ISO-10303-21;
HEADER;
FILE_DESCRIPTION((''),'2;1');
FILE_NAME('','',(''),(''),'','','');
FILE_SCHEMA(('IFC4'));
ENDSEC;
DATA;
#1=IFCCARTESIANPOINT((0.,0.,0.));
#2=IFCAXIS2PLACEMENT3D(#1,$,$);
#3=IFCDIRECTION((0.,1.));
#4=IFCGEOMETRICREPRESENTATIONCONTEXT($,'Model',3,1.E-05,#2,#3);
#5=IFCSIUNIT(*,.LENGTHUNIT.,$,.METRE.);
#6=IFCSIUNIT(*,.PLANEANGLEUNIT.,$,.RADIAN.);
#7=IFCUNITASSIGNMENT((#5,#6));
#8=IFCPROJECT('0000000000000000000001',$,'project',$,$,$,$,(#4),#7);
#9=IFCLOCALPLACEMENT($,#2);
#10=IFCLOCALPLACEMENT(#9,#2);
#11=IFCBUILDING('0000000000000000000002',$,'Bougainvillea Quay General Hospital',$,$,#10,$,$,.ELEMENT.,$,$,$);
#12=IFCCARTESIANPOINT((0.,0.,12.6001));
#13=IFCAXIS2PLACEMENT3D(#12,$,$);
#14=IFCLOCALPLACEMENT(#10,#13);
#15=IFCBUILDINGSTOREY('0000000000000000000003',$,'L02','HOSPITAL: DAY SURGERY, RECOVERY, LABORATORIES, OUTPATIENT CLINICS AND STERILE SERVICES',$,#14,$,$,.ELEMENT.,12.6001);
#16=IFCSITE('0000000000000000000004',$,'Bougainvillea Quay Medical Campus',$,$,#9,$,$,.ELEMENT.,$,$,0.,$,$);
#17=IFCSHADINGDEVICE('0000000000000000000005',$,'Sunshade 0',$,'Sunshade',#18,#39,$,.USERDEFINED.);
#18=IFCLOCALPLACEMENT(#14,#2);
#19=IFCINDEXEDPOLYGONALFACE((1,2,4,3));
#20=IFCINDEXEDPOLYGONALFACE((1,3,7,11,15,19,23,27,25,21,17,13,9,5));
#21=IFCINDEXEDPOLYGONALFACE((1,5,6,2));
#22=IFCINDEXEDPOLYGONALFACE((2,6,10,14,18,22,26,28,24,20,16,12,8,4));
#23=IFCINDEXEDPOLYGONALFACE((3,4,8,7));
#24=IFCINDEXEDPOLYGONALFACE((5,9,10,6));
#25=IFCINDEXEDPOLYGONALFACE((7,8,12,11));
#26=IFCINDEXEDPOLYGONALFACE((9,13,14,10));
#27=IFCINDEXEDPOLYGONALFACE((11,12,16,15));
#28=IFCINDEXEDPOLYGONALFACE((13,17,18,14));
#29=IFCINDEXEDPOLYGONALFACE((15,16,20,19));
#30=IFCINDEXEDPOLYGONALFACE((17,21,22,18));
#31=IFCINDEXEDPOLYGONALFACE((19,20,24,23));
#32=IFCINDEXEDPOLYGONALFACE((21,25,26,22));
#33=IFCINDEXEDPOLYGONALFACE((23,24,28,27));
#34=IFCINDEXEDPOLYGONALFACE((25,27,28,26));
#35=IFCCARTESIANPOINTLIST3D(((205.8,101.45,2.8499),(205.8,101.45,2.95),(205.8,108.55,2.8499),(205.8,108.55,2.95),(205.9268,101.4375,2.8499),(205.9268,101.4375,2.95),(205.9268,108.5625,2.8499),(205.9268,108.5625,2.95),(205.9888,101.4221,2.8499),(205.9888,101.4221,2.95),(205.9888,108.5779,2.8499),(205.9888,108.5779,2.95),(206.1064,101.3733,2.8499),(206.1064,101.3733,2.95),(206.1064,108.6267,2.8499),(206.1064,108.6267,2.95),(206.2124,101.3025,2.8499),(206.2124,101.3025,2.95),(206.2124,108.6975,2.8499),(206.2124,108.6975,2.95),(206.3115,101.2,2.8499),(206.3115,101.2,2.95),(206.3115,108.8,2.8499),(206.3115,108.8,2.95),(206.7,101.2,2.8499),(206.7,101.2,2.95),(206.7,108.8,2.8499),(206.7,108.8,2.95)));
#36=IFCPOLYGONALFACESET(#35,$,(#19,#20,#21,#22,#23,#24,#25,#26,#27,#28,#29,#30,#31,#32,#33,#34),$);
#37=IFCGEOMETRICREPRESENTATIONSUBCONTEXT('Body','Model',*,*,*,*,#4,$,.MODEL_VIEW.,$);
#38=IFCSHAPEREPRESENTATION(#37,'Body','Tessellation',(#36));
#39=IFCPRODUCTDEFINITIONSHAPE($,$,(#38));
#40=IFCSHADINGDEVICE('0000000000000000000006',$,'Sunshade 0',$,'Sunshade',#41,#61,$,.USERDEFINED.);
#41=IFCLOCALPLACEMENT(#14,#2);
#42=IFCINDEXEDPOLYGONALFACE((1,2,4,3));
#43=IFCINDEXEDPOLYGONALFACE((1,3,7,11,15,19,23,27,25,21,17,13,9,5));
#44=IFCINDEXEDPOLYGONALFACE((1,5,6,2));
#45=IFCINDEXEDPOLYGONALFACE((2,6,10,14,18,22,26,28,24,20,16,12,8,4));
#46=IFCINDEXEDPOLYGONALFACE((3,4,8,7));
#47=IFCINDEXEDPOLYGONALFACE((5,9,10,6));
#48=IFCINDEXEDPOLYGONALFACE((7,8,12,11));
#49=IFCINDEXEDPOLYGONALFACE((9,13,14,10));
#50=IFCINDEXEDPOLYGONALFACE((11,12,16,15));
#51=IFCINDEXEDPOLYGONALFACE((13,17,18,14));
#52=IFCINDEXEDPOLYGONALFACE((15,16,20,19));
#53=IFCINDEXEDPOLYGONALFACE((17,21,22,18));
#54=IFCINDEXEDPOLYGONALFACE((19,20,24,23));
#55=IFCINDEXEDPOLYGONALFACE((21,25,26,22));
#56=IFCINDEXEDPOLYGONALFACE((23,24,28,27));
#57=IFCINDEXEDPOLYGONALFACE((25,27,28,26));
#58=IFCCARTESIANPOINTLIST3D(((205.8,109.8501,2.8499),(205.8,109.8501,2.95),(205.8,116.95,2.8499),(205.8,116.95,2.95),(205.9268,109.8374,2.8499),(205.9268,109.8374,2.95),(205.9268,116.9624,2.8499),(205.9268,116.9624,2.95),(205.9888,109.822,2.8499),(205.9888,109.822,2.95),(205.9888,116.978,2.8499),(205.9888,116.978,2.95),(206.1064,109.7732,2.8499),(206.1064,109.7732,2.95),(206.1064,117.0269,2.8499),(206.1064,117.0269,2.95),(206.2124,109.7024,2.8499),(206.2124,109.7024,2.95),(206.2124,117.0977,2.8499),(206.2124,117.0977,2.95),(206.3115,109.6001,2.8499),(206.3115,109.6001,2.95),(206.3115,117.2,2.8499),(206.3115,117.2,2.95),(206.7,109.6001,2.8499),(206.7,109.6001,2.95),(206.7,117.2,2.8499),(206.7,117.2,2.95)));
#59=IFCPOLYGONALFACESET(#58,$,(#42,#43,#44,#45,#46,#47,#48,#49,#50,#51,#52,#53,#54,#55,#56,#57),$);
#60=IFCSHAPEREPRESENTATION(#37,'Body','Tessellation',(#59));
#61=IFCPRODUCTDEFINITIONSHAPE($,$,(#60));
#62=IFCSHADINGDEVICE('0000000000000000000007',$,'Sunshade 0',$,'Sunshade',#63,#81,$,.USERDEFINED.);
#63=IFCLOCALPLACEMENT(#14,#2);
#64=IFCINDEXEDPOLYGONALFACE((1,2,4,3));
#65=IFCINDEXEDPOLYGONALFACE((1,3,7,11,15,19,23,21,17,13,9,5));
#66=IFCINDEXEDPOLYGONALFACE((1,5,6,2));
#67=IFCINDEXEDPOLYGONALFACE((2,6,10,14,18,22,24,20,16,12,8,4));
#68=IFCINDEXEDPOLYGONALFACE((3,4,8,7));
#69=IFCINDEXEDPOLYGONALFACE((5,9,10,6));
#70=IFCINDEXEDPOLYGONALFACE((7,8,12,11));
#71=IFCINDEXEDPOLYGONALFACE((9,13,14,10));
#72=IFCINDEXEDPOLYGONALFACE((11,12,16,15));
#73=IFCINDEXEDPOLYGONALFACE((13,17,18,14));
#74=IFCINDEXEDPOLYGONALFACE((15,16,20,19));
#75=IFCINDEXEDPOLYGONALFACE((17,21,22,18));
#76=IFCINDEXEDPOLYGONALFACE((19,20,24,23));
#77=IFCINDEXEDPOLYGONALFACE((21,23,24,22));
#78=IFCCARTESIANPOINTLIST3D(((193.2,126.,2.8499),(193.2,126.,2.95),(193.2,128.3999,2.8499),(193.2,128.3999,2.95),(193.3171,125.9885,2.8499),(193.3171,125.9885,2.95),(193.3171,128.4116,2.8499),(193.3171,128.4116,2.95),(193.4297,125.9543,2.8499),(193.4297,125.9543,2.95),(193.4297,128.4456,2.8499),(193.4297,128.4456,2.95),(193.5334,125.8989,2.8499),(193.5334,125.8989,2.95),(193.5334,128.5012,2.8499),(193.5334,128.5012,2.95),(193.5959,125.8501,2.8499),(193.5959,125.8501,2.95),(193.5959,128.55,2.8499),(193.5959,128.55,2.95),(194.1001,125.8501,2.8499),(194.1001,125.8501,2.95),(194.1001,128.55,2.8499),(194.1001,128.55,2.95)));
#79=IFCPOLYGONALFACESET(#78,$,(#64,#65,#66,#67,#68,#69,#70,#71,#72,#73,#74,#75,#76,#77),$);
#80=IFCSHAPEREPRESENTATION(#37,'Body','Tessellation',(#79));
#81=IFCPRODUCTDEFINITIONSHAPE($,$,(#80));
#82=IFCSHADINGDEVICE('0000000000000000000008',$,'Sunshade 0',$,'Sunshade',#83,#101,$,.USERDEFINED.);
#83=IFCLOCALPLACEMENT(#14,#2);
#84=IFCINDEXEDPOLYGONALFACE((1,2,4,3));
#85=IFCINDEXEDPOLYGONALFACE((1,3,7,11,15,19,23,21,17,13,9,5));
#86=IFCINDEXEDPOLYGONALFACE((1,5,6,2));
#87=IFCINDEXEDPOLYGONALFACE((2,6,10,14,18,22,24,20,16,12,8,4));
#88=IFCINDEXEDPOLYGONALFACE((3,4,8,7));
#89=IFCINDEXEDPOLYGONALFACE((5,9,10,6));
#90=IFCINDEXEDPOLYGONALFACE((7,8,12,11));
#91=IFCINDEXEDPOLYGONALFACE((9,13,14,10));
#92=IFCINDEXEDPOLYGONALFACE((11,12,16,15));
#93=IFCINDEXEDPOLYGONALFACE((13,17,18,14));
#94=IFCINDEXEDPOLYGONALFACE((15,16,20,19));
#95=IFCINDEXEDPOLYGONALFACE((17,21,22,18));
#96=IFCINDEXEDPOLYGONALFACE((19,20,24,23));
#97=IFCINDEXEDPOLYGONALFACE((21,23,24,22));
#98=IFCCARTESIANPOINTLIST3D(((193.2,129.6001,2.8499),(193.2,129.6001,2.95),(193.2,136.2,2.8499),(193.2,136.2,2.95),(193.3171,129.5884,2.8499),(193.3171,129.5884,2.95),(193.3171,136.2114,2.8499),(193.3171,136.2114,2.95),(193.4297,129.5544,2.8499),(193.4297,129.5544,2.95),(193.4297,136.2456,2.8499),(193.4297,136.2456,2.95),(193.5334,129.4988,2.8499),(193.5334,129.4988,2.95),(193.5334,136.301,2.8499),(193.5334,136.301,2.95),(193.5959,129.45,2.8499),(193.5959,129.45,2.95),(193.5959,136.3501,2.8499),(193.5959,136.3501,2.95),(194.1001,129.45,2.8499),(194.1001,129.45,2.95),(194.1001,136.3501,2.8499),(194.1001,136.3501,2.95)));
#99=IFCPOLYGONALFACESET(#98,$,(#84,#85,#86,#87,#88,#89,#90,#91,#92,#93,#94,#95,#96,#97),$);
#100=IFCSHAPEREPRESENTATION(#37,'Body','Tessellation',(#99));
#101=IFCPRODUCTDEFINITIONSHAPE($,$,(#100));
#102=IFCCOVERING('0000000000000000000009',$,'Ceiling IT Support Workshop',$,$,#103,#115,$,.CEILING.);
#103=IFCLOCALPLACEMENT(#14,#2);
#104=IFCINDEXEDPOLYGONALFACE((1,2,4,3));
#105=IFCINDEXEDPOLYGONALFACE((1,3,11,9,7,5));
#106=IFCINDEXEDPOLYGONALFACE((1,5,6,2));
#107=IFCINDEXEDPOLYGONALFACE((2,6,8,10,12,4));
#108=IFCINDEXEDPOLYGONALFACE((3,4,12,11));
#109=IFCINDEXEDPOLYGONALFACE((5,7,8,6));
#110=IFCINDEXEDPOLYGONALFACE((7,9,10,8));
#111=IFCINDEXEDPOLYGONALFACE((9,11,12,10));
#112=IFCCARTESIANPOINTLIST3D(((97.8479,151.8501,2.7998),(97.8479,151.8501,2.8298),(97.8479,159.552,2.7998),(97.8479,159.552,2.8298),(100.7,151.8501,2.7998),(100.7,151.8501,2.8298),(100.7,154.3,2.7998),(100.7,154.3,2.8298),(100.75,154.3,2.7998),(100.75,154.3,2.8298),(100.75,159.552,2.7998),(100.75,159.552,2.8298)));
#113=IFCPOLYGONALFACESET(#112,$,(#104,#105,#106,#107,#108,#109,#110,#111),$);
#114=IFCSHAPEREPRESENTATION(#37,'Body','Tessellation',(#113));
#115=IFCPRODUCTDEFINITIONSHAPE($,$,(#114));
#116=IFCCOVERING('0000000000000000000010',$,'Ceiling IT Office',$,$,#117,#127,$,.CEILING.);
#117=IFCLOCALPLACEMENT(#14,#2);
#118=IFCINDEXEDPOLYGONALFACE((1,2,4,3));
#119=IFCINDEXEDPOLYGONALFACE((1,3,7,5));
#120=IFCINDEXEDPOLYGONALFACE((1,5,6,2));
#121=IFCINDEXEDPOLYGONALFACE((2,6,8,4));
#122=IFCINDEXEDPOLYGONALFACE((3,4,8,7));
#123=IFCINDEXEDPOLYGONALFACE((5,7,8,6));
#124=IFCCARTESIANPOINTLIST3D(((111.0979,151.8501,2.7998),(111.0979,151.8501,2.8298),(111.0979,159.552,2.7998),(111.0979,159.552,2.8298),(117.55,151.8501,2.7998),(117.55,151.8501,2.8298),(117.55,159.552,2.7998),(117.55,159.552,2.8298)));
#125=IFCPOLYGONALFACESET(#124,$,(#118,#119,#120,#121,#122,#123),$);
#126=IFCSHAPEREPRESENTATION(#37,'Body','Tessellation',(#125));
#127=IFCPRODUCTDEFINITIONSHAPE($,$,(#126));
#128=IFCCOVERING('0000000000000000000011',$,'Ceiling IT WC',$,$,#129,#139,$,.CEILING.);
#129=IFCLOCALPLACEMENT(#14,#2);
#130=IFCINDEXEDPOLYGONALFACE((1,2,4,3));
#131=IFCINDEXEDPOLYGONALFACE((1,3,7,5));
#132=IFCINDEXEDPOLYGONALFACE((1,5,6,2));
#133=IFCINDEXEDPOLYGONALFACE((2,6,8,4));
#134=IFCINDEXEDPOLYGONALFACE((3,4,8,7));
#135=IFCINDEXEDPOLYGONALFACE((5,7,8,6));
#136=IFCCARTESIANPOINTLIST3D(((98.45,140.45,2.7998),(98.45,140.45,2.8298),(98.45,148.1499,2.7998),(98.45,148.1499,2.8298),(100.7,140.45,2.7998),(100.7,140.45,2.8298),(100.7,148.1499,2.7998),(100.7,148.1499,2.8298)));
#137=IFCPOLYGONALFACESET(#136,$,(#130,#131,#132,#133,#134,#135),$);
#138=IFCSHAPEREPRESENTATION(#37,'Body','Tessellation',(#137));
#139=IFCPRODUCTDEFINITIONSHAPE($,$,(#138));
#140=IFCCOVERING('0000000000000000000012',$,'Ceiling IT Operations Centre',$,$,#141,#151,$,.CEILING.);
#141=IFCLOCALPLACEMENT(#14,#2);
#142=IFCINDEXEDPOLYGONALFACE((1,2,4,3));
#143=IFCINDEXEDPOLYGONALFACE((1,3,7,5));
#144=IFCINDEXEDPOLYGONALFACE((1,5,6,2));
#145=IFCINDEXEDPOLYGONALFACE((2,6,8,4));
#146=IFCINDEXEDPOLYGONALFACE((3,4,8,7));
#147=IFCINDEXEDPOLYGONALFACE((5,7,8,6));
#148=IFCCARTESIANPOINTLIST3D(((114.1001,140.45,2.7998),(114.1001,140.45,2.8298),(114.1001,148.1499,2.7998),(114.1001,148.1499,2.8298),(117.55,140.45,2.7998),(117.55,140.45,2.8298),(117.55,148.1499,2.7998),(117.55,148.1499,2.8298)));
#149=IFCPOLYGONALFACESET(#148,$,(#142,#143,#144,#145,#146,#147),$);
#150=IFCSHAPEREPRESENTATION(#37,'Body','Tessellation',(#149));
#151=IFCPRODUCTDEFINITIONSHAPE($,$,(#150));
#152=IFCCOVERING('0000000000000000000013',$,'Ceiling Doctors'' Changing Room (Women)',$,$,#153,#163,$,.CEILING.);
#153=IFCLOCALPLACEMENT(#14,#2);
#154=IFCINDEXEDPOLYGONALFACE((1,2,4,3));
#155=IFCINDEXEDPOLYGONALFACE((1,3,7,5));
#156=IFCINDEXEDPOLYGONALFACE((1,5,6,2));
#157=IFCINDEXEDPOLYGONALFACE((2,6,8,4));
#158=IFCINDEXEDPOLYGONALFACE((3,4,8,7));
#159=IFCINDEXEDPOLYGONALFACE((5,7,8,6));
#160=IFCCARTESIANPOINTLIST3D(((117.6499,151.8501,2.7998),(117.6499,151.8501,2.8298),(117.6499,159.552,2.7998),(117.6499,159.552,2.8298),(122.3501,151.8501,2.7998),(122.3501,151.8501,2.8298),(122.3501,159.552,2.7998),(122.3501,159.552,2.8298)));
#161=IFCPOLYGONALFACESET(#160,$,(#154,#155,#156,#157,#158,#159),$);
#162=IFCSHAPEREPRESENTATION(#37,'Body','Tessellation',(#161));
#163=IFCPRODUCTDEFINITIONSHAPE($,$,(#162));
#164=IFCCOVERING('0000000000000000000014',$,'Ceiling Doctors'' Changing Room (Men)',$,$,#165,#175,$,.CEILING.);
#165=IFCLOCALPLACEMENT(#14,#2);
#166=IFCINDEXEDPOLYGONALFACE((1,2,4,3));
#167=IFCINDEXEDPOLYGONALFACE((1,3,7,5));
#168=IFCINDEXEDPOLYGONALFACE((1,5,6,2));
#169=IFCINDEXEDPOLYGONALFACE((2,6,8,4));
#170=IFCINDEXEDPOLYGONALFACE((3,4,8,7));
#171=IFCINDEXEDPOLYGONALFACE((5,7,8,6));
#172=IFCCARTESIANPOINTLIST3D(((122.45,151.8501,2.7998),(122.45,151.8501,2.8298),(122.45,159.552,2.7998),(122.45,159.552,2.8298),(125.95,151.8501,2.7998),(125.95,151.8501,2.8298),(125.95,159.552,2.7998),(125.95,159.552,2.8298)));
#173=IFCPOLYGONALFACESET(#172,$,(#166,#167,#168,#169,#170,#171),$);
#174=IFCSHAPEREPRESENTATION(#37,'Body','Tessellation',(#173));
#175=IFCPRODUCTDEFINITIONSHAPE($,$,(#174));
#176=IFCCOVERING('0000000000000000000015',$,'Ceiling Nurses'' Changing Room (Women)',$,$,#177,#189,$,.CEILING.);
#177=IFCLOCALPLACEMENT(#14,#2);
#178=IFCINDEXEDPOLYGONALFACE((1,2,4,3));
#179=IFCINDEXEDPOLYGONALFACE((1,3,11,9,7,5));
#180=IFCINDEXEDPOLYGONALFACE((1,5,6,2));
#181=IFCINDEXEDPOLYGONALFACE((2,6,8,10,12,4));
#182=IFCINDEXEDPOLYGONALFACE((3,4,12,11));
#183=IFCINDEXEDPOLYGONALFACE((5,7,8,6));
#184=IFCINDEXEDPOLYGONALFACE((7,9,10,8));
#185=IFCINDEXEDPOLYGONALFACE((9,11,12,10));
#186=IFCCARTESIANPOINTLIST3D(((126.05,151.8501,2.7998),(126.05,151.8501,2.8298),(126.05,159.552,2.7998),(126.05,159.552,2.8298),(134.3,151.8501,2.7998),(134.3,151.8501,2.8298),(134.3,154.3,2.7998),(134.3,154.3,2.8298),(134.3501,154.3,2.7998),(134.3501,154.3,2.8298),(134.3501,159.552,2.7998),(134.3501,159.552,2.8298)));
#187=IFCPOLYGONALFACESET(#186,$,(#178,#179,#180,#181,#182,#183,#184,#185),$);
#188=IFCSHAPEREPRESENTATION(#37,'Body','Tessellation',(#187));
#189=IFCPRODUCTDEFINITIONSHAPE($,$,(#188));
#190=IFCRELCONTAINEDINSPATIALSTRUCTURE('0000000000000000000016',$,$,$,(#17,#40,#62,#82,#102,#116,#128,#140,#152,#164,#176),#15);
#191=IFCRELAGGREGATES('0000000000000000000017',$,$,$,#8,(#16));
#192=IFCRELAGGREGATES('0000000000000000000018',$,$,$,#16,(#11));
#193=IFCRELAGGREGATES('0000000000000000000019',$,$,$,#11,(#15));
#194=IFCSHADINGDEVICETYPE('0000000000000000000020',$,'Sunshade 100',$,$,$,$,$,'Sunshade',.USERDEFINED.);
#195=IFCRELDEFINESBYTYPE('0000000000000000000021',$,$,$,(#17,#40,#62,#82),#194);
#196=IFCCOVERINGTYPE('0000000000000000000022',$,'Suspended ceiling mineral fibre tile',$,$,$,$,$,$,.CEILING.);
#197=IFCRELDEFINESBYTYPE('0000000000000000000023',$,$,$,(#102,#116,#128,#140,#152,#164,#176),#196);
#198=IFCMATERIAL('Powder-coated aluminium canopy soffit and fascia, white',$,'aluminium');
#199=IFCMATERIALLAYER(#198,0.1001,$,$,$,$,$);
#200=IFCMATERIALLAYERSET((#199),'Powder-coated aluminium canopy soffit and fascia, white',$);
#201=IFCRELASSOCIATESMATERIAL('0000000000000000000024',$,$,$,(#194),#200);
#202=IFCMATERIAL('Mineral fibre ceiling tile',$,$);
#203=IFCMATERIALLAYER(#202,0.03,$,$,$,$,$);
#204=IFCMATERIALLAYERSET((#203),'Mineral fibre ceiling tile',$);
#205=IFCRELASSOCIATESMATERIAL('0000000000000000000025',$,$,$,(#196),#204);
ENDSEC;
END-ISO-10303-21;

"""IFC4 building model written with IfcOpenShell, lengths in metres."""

from ifc_helpers import new_model, si_unit, direction, frame, origin, place, context, subcontext, project, spatial, polyline, outline, extrude, material, layer, layer_set, type_object, element, save


model = new_model("IFC4")

# Units and contexts
model_context = context("Model", 3, precision=1e-05, world=origin(), true_north=direction((0.0, 1.0)))
body_context = subcontext(model_context, "Body", "Model", "MODEL_VIEW")
ifc_project = project(units=[si_unit("LENGTHUNIT", "METRE"), si_unit("PLANEANGLEUNIT", "RADIAN")], contexts=[model_context])

# Site, building, storey
site_placement = place(None, origin())
site = spatial("IfcSite", under=ifc_project, at=site_placement, Name="Bougainvillea Quay Medical Campus", CompositionType="ELEMENT", RefElevation=0.0)
building_placement = place(site_placement, origin())
building = spatial("IfcBuilding", under=site, at=building_placement, Name="Bougainvillea Quay General Hospital", CompositionType="ELEMENT")
storey_placement = place(building_placement, frame((0.0, 0.0, 12.6001)))
storey = spatial("IfcBuildingStorey", under=building, at=storey_placement, Name="L02", Description="HOSPITAL: DAY SURGERY, RECOVERY, LABORATORIES, OUTPATIENT CLINICS AND STERILE SERVICES", CompositionType="ELEMENT", Elevation=12.6001)

# Shading devices
ifc_material_1 = material(Name="Powder-coated aluminium canopy soffit and fascia, white", Category="aluminium")
ifc_layer_1 = layer(ifc_material_1, 0.1001)
ifc_layer_set_1 = layer_set([ifc_layer_1], Name="Powder-coated aluminium canopy soffit and fascia, white")
shading_device_type = type_object("IfcShadingDeviceType", Name="Sunshade 100", ElementType="Sunshade", PredefinedType="USERDEFINED", material=ifc_layer_set_1)
shading_device_1_placement = place(storey_placement, frame((0.0, 0.0, 2.8499)))
element("IfcShadingDevice", 1, at=shading_device_1_placement, inside=storey, type_object=shading_device_type, Name="Sunshade 0", ObjectType="Sunshade", PredefinedType="USERDEFINED", context=body_context, shape_type="SweptSolid", body=[
    extrude(outline(polyline([(205.8, 108.55), (205.8, 101.45), (205.9268, 101.4375), (205.9888, 101.4221), (206.1064, 101.3733), (206.2124, 101.3025), (206.3115, 101.2), (206.7, 101.2), (206.7, 108.8), (206.3115, 108.8), (206.2124, 108.6975), (206.1064, 108.6267), (205.9888, 108.5779), (205.9268, 108.5625), (205.8, 108.55)])), origin(), (0.0, 0.0, 1.0), 0.1001),
])
shading_device_2_placement = place(storey_placement, frame((0.0, 0.0, 2.8499)))
element("IfcShadingDevice", 2, at=shading_device_2_placement, inside=storey, type_object=shading_device_type, Name="Sunshade 0", ObjectType="Sunshade", PredefinedType="USERDEFINED", context=body_context, shape_type="SweptSolid", body=[
    extrude(outline(polyline([(205.8, 116.95), (205.8, 109.8501), (205.9268, 109.8374), (205.9888, 109.822), (206.1064, 109.7732), (206.2124, 109.7024), (206.3115, 109.6001), (206.7, 109.6001), (206.7, 117.2), (206.3115, 117.2), (206.2124, 117.0977), (206.1064, 117.0269), (205.9888, 116.978), (205.9268, 116.9624), (205.8, 116.95)])), origin(), (0.0, 0.0, 1.0), 0.1001),
])
shading_device_3_placement = place(storey_placement, frame((0.0, 0.0, 2.8499)))
element("IfcShadingDevice", 3, at=shading_device_3_placement, inside=storey, type_object=shading_device_type, Name="Sunshade 0", ObjectType="Sunshade", PredefinedType="USERDEFINED", context=body_context, shape_type="SweptSolid", body=[
    extrude(outline(polyline([(193.2, 128.3999), (193.2, 126.0), (193.3171, 125.9885), (193.4297, 125.9543), (193.5334, 125.8989), (193.5959, 125.8501), (194.1001, 125.8501), (194.1001, 128.55), (193.5959, 128.55), (193.5334, 128.5012), (193.4297, 128.4456), (193.3171, 128.4116), (193.2, 128.3999)])), origin(), (0.0, 0.0, 1.0), 0.1001),
])
shading_device_4_placement = place(storey_placement, frame((0.0, 0.0, 2.8499)))
element("IfcShadingDevice", 4, at=shading_device_4_placement, inside=storey, type_object=shading_device_type, Name="Sunshade 0", ObjectType="Sunshade", PredefinedType="USERDEFINED", context=body_context, shape_type="SweptSolid", body=[
    extrude(outline(polyline([(193.2, 136.2), (193.2, 129.6001), (193.3171, 129.5884), (193.4297, 129.5544), (193.5334, 129.4988), (193.5959, 129.45), (194.1001, 129.45), (194.1001, 136.3501), (193.5959, 136.3501), (193.5334, 136.301), (193.4297, 136.2456), (193.3171, 136.2114), (193.2, 136.2)])), origin(), (0.0, 0.0, 1.0), 0.1001),
])

# Coverings
ifc_material_2 = material(Name="Mineral fibre ceiling tile")
ifc_layer_2 = layer(ifc_material_2, 0.03)
ifc_layer_set_2 = layer_set([ifc_layer_2], Name="Mineral fibre ceiling tile")
covering_type = type_object("IfcCoveringType", Name="Suspended ceiling mineral fibre tile", PredefinedType="CEILING", material=ifc_layer_set_2)
covering_1_placement = place(storey_placement, frame((0.0, 0.0, 2.7998)))
element("IfcCovering", 5, at=covering_1_placement, inside=storey, type_object=covering_type, Name="Ceiling IT Support Workshop", PredefinedType="CEILING", context=body_context, shape_type="SweptSolid", body=[
    extrude(outline(polyline([(100.75, 154.3), (100.75, 159.552), (97.8479, 159.552), (97.8479, 151.8501), (100.7, 151.8501), (100.7, 154.3), (100.75, 154.3)])), origin(), (0.0, 0.0, 1.0), 0.03),
])
covering_2_placement = place(storey_placement, frame((0.0, 0.0, 2.7998)))
element("IfcCovering", 6, at=covering_2_placement, inside=storey, type_object=covering_type, Name="Ceiling IT Office", PredefinedType="CEILING", context=body_context, shape_type="SweptSolid", body=[
    extrude(outline(polyline([(117.55, 151.8501), (117.55, 159.552), (111.0979, 159.552), (111.0979, 151.8501), (117.55, 151.8501)])), origin(), (0.0, 0.0, 1.0), 0.03),
])
covering_3_placement = place(storey_placement, frame((0.0, 0.0, 2.7998)))
element("IfcCovering", 7, at=covering_3_placement, inside=storey, type_object=covering_type, Name="Ceiling IT WC", PredefinedType="CEILING", context=body_context, shape_type="SweptSolid", body=[
    extrude(outline(polyline([(98.45, 148.1499), (98.45, 140.45), (100.7, 140.45), (100.7, 148.1499), (98.45, 148.1499)])), origin(), (0.0, 0.0, 1.0), 0.03),
])
covering_4_placement = place(storey_placement, frame((0.0, 0.0, 2.7998)))
element("IfcCovering", 8, at=covering_4_placement, inside=storey, type_object=covering_type, Name="Ceiling IT Operations Centre", PredefinedType="CEILING", context=body_context, shape_type="SweptSolid", body=[
    extrude(outline(polyline([(117.55, 148.1499), (114.1001, 148.1499), (114.1001, 140.45), (117.55, 140.45), (117.55, 148.1499)])), origin(), (0.0, 0.0, 1.0), 0.03),
])
covering_5_placement = place(storey_placement, frame((0.0, 0.0, 2.7998)))
element("IfcCovering", 9, at=covering_5_placement, inside=storey, type_object=covering_type, Name="Ceiling Doctors' Changing Room (Women)", PredefinedType="CEILING", context=body_context, shape_type="SweptSolid", body=[
    extrude(outline(polyline([(117.6499, 159.552), (117.6499, 151.8501), (122.3501, 151.8501), (122.3501, 159.552), (117.6499, 159.552)])), origin(), (0.0, 0.0, 1.0), 0.03),
])
covering_6_placement = place(storey_placement, frame((0.0, 0.0, 2.7998)))
element("IfcCovering", 10, at=covering_6_placement, inside=storey, type_object=covering_type, Name="Ceiling Doctors' Changing Room (Men)", PredefinedType="CEILING", context=body_context, shape_type="SweptSolid", body=[
    extrude(outline(polyline([(125.95, 151.8501), (125.95, 159.552), (122.45, 159.552), (122.45, 151.8501), (125.95, 151.8501)])), origin(), (0.0, 0.0, 1.0), 0.03),
])
covering_7_placement = place(storey_placement, frame((0.0, 0.0, 2.7998)))
element("IfcCovering", 11, at=covering_7_placement, inside=storey, type_object=covering_type, Name="Ceiling Nurses' Changing Room (Women)", PredefinedType="CEILING", context=body_context, shape_type="SweptSolid", body=[
    extrude(outline(polyline([(126.05, 159.552), (126.05, 151.8501), (134.3, 151.8501), (134.3, 154.3), (134.3501, 154.3), (134.3501, 159.552), (126.05, 159.552)])), origin(), (0.0, 0.0, 1.0), 0.03),
])

save(model, "model.ifc")
